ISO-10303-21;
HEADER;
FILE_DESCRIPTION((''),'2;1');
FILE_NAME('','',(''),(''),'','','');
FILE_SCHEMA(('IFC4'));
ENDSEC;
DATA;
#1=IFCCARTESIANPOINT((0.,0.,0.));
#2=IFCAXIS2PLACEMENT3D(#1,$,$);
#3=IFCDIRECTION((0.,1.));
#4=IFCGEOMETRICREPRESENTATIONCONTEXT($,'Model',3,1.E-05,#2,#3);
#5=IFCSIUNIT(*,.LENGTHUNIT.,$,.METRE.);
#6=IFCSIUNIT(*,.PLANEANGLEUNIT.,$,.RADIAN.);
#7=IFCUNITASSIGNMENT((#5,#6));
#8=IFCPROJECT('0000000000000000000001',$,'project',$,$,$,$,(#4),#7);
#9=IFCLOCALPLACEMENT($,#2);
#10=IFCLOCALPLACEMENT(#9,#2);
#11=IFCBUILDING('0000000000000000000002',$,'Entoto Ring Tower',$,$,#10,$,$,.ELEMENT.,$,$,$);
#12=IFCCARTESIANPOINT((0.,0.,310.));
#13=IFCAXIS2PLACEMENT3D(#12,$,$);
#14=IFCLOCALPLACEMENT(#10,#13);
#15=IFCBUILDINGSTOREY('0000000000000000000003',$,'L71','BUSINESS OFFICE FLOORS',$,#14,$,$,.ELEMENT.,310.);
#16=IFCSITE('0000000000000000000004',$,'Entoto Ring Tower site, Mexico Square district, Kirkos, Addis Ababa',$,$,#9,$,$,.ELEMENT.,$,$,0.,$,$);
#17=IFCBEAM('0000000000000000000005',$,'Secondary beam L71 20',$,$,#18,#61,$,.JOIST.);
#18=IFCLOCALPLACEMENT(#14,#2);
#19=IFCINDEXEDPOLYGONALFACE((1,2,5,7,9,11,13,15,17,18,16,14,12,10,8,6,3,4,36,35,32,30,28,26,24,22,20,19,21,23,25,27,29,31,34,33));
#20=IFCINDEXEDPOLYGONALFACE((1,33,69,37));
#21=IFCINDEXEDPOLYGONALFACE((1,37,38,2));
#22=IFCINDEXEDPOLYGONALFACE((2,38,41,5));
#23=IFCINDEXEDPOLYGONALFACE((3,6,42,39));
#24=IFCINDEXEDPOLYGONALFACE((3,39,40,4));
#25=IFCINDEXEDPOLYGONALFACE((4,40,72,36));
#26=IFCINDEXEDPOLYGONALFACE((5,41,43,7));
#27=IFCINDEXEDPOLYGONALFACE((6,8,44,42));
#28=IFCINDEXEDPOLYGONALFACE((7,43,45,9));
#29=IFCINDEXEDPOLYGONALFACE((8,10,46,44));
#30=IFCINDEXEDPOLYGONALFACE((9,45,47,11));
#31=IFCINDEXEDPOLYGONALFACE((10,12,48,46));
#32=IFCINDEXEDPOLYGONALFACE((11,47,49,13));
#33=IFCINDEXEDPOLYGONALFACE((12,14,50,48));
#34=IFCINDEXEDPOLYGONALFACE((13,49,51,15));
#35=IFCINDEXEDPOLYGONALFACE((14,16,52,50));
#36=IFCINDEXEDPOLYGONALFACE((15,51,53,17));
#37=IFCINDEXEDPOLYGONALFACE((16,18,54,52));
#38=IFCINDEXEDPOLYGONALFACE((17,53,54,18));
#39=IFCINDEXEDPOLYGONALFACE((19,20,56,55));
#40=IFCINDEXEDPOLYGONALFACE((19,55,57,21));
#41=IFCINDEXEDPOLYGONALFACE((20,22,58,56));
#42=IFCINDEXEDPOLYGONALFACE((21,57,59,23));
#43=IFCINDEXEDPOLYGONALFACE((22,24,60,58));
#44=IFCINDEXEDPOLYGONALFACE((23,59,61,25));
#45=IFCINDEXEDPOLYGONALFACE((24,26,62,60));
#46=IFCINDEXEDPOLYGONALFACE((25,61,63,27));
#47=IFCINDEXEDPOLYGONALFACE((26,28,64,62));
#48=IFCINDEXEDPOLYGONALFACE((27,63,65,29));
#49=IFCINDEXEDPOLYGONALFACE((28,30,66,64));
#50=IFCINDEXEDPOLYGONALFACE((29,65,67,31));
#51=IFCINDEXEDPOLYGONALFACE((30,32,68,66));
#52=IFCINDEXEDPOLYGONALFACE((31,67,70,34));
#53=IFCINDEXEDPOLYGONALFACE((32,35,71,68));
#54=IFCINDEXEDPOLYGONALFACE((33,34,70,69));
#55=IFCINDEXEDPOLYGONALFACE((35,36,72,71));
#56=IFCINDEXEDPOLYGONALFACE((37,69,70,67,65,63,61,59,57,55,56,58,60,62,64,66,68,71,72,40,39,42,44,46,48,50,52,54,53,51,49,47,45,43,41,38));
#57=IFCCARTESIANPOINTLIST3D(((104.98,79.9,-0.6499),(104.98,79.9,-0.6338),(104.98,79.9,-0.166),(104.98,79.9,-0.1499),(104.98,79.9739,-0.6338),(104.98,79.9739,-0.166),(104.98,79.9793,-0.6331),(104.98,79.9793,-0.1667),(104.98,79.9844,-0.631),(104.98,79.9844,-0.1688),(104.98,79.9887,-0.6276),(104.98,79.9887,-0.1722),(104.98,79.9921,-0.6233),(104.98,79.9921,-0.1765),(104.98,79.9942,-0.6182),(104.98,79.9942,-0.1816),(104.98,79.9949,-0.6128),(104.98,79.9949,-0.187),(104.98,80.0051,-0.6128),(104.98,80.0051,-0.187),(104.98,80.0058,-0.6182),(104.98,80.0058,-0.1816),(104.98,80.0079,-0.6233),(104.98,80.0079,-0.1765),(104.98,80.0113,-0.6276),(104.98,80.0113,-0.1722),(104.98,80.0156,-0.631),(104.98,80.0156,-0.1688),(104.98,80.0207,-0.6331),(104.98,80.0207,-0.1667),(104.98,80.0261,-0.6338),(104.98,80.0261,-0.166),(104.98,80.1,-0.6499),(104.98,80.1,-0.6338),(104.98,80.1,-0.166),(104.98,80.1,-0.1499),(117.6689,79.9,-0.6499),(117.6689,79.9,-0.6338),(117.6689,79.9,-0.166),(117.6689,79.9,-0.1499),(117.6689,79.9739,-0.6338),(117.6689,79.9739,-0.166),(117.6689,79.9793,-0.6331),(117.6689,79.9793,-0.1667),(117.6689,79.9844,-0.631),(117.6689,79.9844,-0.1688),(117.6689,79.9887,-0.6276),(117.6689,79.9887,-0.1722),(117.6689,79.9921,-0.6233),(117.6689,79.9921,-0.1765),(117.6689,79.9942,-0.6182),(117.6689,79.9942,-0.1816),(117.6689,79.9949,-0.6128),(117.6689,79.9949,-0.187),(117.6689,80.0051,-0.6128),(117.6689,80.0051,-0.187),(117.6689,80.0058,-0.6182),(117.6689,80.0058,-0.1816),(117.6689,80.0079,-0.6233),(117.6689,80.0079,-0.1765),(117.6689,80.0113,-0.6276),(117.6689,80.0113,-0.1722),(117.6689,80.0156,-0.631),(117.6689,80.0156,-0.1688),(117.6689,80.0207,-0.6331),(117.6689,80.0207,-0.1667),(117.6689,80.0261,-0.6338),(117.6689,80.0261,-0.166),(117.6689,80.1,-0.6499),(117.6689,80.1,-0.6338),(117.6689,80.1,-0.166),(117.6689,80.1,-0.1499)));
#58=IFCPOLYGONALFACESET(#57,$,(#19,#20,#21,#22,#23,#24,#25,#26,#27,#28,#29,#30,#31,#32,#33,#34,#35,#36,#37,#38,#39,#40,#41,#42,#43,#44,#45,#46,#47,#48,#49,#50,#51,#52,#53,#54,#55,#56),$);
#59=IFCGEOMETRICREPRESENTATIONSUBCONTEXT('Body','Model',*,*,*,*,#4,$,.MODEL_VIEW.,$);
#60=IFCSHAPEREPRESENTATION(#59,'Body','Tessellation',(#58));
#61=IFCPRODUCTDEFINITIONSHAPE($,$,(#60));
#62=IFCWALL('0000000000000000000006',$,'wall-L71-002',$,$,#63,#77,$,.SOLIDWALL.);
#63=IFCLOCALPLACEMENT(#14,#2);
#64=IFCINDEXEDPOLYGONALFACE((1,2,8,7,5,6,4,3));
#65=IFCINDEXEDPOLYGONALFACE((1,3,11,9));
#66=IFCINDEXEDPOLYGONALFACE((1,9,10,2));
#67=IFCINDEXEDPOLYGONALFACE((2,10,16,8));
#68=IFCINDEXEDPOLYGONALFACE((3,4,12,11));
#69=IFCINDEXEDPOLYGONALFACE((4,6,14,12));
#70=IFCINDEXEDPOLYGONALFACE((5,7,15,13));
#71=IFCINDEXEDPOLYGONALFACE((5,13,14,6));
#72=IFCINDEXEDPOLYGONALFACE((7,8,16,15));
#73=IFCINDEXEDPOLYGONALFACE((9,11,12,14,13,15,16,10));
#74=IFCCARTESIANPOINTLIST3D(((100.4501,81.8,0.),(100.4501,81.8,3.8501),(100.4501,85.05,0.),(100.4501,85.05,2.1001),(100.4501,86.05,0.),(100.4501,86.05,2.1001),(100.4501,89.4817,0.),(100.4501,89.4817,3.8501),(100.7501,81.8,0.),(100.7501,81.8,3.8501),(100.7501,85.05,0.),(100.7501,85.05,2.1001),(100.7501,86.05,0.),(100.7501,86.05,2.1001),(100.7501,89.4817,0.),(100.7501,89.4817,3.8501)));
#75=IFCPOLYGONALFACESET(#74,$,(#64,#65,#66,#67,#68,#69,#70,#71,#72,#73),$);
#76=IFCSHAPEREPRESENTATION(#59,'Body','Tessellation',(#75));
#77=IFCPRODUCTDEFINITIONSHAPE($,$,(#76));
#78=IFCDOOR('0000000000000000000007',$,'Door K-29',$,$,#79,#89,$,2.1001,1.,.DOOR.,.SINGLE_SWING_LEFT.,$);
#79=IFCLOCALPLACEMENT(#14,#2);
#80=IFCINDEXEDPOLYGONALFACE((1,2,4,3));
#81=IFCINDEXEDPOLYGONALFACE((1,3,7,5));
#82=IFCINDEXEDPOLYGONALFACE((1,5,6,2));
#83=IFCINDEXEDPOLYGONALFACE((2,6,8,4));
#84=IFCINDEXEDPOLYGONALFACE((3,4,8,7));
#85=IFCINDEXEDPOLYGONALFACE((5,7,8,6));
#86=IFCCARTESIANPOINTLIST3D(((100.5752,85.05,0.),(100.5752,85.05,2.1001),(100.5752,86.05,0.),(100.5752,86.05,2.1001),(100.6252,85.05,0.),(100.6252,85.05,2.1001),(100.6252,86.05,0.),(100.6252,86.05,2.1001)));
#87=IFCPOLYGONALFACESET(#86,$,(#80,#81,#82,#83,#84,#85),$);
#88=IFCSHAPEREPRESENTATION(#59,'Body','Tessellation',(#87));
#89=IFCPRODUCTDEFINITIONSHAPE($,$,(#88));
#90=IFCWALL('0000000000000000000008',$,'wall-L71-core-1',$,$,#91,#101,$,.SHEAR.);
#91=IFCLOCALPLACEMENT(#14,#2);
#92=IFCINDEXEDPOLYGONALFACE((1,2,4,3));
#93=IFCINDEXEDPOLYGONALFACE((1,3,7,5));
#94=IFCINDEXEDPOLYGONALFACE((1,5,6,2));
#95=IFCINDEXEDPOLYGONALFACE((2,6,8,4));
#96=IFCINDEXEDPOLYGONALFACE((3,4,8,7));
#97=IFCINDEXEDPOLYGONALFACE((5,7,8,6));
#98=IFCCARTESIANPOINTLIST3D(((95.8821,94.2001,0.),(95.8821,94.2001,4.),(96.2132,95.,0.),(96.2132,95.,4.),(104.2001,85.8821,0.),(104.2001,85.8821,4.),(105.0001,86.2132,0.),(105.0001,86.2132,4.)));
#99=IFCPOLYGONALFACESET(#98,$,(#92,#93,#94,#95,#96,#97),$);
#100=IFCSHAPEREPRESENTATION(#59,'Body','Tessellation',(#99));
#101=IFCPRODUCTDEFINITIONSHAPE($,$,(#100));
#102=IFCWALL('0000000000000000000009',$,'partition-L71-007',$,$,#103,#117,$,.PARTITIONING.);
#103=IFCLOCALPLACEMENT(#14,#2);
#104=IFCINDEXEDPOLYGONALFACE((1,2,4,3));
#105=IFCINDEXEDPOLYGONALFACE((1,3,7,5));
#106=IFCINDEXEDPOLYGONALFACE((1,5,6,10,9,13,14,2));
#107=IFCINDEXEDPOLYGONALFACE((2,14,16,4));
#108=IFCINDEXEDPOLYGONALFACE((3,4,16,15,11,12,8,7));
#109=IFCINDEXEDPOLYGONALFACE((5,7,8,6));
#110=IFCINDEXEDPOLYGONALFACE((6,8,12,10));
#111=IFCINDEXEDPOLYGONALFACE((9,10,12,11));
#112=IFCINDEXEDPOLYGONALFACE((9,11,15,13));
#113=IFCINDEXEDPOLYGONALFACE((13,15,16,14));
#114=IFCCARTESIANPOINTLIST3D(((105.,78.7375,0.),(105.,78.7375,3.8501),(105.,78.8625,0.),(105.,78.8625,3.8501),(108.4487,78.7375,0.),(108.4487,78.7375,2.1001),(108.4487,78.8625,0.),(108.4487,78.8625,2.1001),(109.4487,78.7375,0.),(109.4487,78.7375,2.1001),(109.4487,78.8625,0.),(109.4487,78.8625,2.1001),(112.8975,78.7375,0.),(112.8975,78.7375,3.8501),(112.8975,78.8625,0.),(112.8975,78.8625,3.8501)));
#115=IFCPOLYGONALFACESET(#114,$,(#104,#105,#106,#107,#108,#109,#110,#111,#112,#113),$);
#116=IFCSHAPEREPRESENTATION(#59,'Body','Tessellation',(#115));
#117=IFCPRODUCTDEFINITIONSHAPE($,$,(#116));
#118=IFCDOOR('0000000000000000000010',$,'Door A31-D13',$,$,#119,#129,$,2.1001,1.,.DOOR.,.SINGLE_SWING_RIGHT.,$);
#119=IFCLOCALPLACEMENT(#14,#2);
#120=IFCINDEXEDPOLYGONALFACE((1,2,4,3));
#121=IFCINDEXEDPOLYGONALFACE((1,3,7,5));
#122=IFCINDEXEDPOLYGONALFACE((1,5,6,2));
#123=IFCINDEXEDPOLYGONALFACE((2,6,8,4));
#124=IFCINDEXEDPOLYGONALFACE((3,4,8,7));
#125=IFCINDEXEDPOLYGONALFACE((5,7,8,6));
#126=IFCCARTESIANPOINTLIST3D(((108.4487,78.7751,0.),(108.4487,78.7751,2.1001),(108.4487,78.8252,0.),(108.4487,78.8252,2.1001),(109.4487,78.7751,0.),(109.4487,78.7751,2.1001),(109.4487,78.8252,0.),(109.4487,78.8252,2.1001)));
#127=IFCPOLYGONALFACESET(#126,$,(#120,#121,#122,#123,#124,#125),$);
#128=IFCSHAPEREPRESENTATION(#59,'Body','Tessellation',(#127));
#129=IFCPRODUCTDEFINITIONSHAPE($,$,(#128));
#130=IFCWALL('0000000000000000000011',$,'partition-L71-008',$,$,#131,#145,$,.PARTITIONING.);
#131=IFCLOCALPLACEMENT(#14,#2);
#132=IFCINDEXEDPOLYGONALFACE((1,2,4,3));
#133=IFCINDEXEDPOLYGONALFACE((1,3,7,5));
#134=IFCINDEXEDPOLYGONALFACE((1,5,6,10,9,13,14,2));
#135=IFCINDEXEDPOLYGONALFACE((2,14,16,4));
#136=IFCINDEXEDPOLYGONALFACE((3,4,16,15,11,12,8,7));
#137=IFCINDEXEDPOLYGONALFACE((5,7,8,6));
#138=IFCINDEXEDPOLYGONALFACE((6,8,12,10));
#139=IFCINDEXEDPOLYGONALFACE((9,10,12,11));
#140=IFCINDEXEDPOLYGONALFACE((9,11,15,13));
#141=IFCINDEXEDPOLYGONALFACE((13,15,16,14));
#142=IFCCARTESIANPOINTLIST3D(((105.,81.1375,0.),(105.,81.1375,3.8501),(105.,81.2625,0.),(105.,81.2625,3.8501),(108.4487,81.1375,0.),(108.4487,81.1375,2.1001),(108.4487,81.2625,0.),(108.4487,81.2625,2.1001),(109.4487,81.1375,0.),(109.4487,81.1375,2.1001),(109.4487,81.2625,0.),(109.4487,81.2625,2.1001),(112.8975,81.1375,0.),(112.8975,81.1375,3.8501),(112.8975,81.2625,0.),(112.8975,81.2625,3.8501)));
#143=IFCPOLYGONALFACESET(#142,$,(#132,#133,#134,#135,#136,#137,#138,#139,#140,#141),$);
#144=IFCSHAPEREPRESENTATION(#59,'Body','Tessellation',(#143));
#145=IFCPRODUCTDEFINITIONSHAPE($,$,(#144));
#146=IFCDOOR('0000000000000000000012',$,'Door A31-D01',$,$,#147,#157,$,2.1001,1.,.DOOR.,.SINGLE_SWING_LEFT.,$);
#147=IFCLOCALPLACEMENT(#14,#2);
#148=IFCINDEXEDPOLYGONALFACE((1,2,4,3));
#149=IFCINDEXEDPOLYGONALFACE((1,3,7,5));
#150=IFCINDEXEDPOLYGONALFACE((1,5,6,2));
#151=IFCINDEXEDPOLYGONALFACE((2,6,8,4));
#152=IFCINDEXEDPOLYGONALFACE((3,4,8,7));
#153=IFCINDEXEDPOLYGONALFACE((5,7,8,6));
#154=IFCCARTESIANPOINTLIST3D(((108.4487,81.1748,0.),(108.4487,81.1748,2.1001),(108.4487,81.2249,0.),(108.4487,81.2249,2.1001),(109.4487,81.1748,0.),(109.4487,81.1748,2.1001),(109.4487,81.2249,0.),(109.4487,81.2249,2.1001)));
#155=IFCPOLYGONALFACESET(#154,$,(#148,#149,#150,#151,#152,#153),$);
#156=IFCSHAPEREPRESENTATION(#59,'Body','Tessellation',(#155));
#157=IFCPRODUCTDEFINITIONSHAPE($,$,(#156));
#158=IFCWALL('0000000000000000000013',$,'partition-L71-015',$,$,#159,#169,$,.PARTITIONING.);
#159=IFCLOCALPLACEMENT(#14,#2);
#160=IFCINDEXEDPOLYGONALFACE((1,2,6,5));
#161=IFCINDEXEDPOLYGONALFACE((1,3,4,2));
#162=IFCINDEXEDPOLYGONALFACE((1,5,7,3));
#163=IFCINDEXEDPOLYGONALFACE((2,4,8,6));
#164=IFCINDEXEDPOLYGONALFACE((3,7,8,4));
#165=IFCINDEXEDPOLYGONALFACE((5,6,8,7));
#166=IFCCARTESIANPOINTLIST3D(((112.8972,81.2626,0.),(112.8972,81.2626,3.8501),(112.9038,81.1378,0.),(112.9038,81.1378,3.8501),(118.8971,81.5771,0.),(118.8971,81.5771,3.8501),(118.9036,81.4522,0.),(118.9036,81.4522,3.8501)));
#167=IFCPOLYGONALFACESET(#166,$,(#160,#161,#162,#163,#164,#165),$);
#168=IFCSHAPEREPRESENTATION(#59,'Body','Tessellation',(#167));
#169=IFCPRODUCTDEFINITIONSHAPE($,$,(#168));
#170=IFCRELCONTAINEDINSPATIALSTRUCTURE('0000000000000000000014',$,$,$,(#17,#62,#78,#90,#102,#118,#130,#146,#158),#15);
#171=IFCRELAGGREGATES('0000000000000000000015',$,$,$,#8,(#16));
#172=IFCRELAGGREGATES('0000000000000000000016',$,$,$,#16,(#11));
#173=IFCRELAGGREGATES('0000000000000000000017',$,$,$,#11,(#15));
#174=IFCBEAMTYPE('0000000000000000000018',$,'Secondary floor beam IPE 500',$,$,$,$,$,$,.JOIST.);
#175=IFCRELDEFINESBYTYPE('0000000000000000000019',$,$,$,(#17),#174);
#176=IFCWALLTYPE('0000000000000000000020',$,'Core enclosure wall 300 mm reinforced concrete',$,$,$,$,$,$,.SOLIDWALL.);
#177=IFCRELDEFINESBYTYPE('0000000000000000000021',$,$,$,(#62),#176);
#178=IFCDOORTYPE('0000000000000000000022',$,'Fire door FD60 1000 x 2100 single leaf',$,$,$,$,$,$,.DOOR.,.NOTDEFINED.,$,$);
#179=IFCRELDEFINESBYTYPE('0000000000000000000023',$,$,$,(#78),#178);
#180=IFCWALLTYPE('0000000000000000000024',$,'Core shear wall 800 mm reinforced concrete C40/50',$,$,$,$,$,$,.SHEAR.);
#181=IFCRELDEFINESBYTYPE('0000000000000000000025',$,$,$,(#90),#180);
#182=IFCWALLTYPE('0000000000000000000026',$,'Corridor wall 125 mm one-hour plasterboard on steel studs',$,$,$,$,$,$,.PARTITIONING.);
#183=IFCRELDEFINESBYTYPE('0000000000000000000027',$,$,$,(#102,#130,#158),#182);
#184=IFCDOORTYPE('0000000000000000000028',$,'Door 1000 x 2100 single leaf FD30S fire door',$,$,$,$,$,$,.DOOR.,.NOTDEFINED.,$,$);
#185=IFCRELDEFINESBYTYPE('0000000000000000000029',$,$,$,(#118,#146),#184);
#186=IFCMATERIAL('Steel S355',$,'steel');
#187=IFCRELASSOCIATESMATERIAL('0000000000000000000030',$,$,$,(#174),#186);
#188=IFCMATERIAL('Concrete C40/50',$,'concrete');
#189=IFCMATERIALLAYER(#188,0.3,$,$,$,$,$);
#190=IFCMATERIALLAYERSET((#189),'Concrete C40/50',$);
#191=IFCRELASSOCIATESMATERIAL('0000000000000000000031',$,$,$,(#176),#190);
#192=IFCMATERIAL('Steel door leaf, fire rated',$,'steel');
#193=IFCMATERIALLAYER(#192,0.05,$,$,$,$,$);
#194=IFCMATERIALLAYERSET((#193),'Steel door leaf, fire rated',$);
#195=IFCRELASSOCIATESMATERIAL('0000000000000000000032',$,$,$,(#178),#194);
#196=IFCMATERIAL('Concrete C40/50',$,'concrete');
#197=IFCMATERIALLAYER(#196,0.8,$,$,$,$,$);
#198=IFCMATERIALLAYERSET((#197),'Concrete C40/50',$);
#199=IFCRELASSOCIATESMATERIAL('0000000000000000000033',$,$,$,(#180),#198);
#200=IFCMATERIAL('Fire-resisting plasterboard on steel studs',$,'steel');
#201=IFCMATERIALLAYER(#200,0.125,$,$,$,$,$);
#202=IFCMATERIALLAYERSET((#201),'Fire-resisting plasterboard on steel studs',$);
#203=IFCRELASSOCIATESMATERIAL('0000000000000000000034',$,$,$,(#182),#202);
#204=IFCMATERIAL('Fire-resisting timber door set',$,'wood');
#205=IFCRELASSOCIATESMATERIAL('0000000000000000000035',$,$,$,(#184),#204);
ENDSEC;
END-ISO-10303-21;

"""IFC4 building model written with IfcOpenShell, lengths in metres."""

from ifc_helpers import new_model, si_unit, direction, frame, frame_2d, origin, origin_2d, place, context, subcontext, project, spatial, polyline, rectangle, i_section, outline, extrude, material, layer, layer_set, material_profile, profile_set, type_object, element, fill, save


model = new_model("IFC4")

# Units and contexts
model_context = context("Model", 3, precision=1e-05, world=origin(), true_north=direction((0.0, 1.0)))
body_context = subcontext(model_context, "Body", "Model", "MODEL_VIEW")
ifc_project = project(units=[si_unit("LENGTHUNIT", "METRE"), si_unit("PLANEANGLEUNIT", "RADIAN")], contexts=[model_context])

# Site, building, storey
site_placement = place(None, origin())
site = spatial("IfcSite", under=ifc_project, at=site_placement, Name="Entoto Ring Tower site, Mexico Square district, Kirkos, Addis Ababa", CompositionType="ELEMENT", RefElevation=0.0)
building_placement = place(site_placement, origin())
building = spatial("IfcBuilding", under=site, at=building_placement, Name="Entoto Ring Tower", CompositionType="ELEMENT")
storey_placement = place(building_placement, frame((0.0, 0.0, 310.0)))
storey = spatial("IfcBuildingStorey", under=building, at=storey_placement, Name="L71", Description="BUSINESS OFFICE FLOORS", CompositionType="ELEMENT", Elevation=310.0)

# Beam
ifc_material_1 = material(Name="Steel S355", Category="steel")
ifc_material_profile_1 = material_profile(ifc_material_1, i_section(OverallWidth=0.2, OverallDepth=0.5, WebThickness=0.0103, FlangeThickness=0.0161, FilletRadius=0.021, at=origin_2d()), Name="IPE 500")
ifc_profile_set_1 = profile_set([ifc_material_profile_1], Name="Steel S355")
beam_type_1 = type_object("IfcBeamType", Name="Secondary floor beam IPE 500", PredefinedType="JOIST", material=ifc_profile_set_1)
beam_1_placement = place(storey_placement, frame((104.98, 80.0, -0.3999), z_axis=(1.0, 0.0, 0.0), x_axis=(0.0, 1.0, 0.0)))
element("IfcBeam", 1, at=beam_1_placement, inside=storey, type_object=beam_type_1, Name="Secondary beam L71 20", PredefinedType="JOIST", context=body_context, shape_type="SweptSolid", body=[
    extrude(i_section(OverallWidth=0.2, OverallDepth=0.5, WebThickness=0.0103, FlangeThickness=0.0161, FilletRadius=0.021, at=origin_2d()), origin(), (0.0, 0.0, 1.0), 12.689),
])

# Wall, opening, door
ifc_material_2 = material(Name="Concrete C40/50", Category="concrete")
ifc_layer_1 = layer(ifc_material_2, 0.3)
ifc_layer_set_1 = layer_set([ifc_layer_1], Name="Concrete C40/50")
wall_type_1 = type_object("IfcWallType", Name="Core enclosure wall 300 mm reinforced concrete", PredefinedType="SOLIDWALL", material=ifc_layer_set_1)
wall_1_placement = place(storey_placement, frame((100.6001, 81.8, 0.0), z_axis=(0.0, 0.0, 1.0), x_axis=(0.0, 1.0, 0.0)))
wall_1 = element("IfcWall", 2, at=wall_1_placement, inside=storey, type_object=wall_type_1, Name="wall-L71-002", PredefinedType="SOLIDWALL", context=body_context, shape_type="SweptSolid", body=[
    extrude(rectangle(XDim=7.6816, YDim=0.3, at=frame_2d((3.8408, 0.0))), origin(), (0.0, 0.0, 1.0), 3.8501),
])
opening_1_placement = place(wall_1_placement, frame((3.25, 0.0, 0.0)))
opening_1 = element("IfcOpeningElement", 3, at=opening_1_placement, cuts=wall_1, PredefinedType="OPENING", context=body_context, shape_type="SweptSolid", body=[
    extrude(rectangle(XDim=1.0, YDim=2.1001, at=frame_2d((0.5, 1.05))), frame((0.0, 0.1602, 0.0), z_axis=(0.0, -1.0, 0.0), x_axis=(1.0, 0.0, 0.0)), (0.0, 0.0, 1.0), 0.3201),
])
ifc_material_3 = material(Name="Steel door leaf, fire rated", Category="steel")
ifc_layer_2 = layer(ifc_material_3, 0.05)
ifc_layer_set_2 = layer_set([ifc_layer_2], Name="Steel door leaf, fire rated")
door_type_1 = type_object("IfcDoorType", Name="Fire door FD60 1000 x 2100 single leaf", OperationType="NOTDEFINED", PredefinedType="DOOR", material=ifc_layer_set_2)
door_1_placement = place(opening_1_placement, origin())
door_1 = element("IfcDoor", 4, at=door_1_placement, inside=storey, type_object=door_type_1, Name="Door K-29", OperationType="SINGLE_SWING_LEFT", OverallHeight=2.1001, OverallWidth=1.0, PredefinedType="DOOR", context=body_context, shape_type="SweptSolid", body=[
    extrude(rectangle(XDim=1.0, YDim=2.1001, at=frame_2d((0.5, 1.05))), frame((0.0, 0.0249, 0.0), z_axis=(0.0, -1.0, 0.0), x_axis=(1.0, 0.0, 0.0)), (0.0, 0.0, 1.0), 0.05),
])
fill(opening_1, door_1)

# Wall
ifc_material_4 = material(Name="Concrete C40/50", Category="concrete")
ifc_layer_3 = layer(ifc_material_4, 0.8)
ifc_layer_set_3 = layer_set([ifc_layer_3], Name="Concrete C40/50")
wall_type_2 = type_object("IfcWallType", Name="Core shear wall 800 mm reinforced concrete C40/50", PredefinedType="SHEAR", material=ifc_layer_set_3)
wall_2_placement = place(storey_placement, frame((104.6001, 86.0476, 0.0), z_axis=(0.0, 0.0, 1.0), x_axis=(-0.707107, 0.707107, 0.0)))
element("IfcWall", 5, at=wall_2_placement, inside=storey, type_object=wall_type_2, Name="wall-L71-core-1", PredefinedType="SHEAR", context=body_context, shape_type="SweptSolid", body=[
    extrude(outline(polyline([(-0.1658, -0.3999), (12.2607, -0.3999), (11.9292, 0.3999), (0.1658, 0.3999), (-0.1658, -0.3999)])), origin(), (0.0, 0.0, 1.0), 4.0),
])

# Walls, openings, doors
ifc_material_5 = material(Name="Fire-resisting plasterboard on steel studs", Category="steel")
ifc_layer_4 = layer(ifc_material_5, 0.125)
ifc_layer_set_4 = layer_set([ifc_layer_4], Name="Fire-resisting plasterboard on steel studs")
wall_type_3 = type_object("IfcWallType", Name="Corridor wall 125 mm one-hour plasterboard on steel studs", PredefinedType="PARTITIONING", material=ifc_layer_set_4)
wall_3_placement = place(storey_placement, frame((105.0, 78.8, 0.0), z_axis=(0.0, 0.0, 1.0), x_axis=(1.0, 0.0, 0.0)))
wall_3 = element("IfcWall", 6, at=wall_3_placement, inside=storey, type_object=wall_type_3, Name="partition-L71-007", PredefinedType="PARTITIONING", context=body_context, shape_type="SweptSolid", body=[
    extrude(rectangle(XDim=7.8975, YDim=0.125, at=frame_2d((3.9487, 0.0))), origin(), (0.0, 0.0, 1.0), 3.8501),
])
opening_2_placement = place(wall_3_placement, frame((3.4487, 0.0, 0.0)))
opening_2 = element("IfcOpeningElement", 7, at=opening_2_placement, cuts=wall_3, PredefinedType="OPENING", context=body_context, shape_type="SweptSolid", body=[
    extrude(rectangle(XDim=1.0, YDim=2.1001, at=frame_2d((0.5, 1.05))), frame((0.0, 0.0725, 0.0), z_axis=(0.0, -1.0, 0.0), x_axis=(1.0, 0.0, 0.0)), (0.0, 0.0, 1.0), 0.145),
])
ifc_material_6 = material(Name="Fire-resisting timber door set", Category="wood")
door_type_2 = type_object("IfcDoorType", Name="Door 1000 x 2100 single leaf FD30S fire door", OperationType="NOTDEFINED", PredefinedType="DOOR", material=ifc_material_6)
door_2_placement = place(opening_2_placement, frame((1.0, 0.0, 0.0), z_axis=(0.0, 0.0, 1.0), x_axis=(-1.0, 0.0, 0.0)))
door_2 = element("IfcDoor", 8, at=door_2_placement, inside=storey, type_object=door_type_2, Name="Door A31-D13", OperationType="SINGLE_SWING_RIGHT", OverallHeight=2.1001, OverallWidth=1.0, PredefinedType="DOOR", context=body_context, shape_type="SweptSolid", body=[
    extrude(rectangle(XDim=1.0, YDim=2.1001, at=frame_2d((0.5, 1.05))), frame((0.0, 0.0249, 0.0), z_axis=(0.0, -1.0, 0.0), x_axis=(1.0, 0.0, 0.0)), (0.0, 0.0, 1.0), 0.05),
])
fill(opening_2, door_2)
wall_4_placement = place(storey_placement, frame((105.0, 81.2, 0.0), z_axis=(0.0, 0.0, 1.0), x_axis=(1.0, 0.0, 0.0)))
wall_4 = element("IfcWall", 9, at=wall_4_placement, inside=storey, type_object=wall_type_3, Name="partition-L71-008", PredefinedType="PARTITIONING", context=body_context, shape_type="SweptSolid", body=[
    extrude(rectangle(XDim=7.8975, YDim=0.125, at=frame_2d((3.9487, 0.0))), origin(), (0.0, 0.0, 1.0), 3.8501),
])
opening_3_placement = place(wall_4_placement, frame((3.4487, 0.0, 0.0)))
opening_3 = element("IfcOpeningElement", 10, at=opening_3_placement, cuts=wall_4, PredefinedType="OPENING", context=body_context, shape_type="SweptSolid", body=[
    extrude(rectangle(XDim=1.0, YDim=2.1001, at=frame_2d((0.5, 1.05))), frame((0.0, 0.0725, 0.0), z_axis=(0.0, -1.0, 0.0), x_axis=(1.0, 0.0, 0.0)), (0.0, 0.0, 1.0), 0.145),
])
door_3_placement = place(opening_3_placement, origin())
door_3 = element("IfcDoor", 11, at=door_3_placement, inside=storey, type_object=door_type_2, Name="Door A31-D01", OperationType="SINGLE_SWING_LEFT", OverallHeight=2.1001, OverallWidth=1.0, PredefinedType="DOOR", context=body_context, shape_type="SweptSolid", body=[
    extrude(rectangle(XDim=1.0, YDim=2.1001, at=frame_2d((0.5, 1.05))), frame((0.0, 0.0249, 0.0), z_axis=(0.0, -1.0, 0.0), x_axis=(1.0, 0.0, 0.0)), (0.0, 0.0, 1.0), 0.05),
])
fill(opening_3, door_3)

# Wall
wall_5_placement = place(storey_placement, frame((112.9006, 81.2002, 0.0), z_axis=(0.0, 0.0, 1.0), x_axis=(0.998629, 0.052339, 0.0)))
element("IfcWall", 12, at=wall_5_placement, inside=storey, type_object=wall_type_3, Name="partition-L71-015", PredefinedType="PARTITIONING", context=body_context, shape_type="SweptSolid", body=[
    extrude(rectangle(XDim=6.0081, YDim=0.125, at=frame_2d((3.0039, 0.0))), origin(), (0.0, 0.0, 1.0), 3.8501),
])

save(model, "model.ifc")
